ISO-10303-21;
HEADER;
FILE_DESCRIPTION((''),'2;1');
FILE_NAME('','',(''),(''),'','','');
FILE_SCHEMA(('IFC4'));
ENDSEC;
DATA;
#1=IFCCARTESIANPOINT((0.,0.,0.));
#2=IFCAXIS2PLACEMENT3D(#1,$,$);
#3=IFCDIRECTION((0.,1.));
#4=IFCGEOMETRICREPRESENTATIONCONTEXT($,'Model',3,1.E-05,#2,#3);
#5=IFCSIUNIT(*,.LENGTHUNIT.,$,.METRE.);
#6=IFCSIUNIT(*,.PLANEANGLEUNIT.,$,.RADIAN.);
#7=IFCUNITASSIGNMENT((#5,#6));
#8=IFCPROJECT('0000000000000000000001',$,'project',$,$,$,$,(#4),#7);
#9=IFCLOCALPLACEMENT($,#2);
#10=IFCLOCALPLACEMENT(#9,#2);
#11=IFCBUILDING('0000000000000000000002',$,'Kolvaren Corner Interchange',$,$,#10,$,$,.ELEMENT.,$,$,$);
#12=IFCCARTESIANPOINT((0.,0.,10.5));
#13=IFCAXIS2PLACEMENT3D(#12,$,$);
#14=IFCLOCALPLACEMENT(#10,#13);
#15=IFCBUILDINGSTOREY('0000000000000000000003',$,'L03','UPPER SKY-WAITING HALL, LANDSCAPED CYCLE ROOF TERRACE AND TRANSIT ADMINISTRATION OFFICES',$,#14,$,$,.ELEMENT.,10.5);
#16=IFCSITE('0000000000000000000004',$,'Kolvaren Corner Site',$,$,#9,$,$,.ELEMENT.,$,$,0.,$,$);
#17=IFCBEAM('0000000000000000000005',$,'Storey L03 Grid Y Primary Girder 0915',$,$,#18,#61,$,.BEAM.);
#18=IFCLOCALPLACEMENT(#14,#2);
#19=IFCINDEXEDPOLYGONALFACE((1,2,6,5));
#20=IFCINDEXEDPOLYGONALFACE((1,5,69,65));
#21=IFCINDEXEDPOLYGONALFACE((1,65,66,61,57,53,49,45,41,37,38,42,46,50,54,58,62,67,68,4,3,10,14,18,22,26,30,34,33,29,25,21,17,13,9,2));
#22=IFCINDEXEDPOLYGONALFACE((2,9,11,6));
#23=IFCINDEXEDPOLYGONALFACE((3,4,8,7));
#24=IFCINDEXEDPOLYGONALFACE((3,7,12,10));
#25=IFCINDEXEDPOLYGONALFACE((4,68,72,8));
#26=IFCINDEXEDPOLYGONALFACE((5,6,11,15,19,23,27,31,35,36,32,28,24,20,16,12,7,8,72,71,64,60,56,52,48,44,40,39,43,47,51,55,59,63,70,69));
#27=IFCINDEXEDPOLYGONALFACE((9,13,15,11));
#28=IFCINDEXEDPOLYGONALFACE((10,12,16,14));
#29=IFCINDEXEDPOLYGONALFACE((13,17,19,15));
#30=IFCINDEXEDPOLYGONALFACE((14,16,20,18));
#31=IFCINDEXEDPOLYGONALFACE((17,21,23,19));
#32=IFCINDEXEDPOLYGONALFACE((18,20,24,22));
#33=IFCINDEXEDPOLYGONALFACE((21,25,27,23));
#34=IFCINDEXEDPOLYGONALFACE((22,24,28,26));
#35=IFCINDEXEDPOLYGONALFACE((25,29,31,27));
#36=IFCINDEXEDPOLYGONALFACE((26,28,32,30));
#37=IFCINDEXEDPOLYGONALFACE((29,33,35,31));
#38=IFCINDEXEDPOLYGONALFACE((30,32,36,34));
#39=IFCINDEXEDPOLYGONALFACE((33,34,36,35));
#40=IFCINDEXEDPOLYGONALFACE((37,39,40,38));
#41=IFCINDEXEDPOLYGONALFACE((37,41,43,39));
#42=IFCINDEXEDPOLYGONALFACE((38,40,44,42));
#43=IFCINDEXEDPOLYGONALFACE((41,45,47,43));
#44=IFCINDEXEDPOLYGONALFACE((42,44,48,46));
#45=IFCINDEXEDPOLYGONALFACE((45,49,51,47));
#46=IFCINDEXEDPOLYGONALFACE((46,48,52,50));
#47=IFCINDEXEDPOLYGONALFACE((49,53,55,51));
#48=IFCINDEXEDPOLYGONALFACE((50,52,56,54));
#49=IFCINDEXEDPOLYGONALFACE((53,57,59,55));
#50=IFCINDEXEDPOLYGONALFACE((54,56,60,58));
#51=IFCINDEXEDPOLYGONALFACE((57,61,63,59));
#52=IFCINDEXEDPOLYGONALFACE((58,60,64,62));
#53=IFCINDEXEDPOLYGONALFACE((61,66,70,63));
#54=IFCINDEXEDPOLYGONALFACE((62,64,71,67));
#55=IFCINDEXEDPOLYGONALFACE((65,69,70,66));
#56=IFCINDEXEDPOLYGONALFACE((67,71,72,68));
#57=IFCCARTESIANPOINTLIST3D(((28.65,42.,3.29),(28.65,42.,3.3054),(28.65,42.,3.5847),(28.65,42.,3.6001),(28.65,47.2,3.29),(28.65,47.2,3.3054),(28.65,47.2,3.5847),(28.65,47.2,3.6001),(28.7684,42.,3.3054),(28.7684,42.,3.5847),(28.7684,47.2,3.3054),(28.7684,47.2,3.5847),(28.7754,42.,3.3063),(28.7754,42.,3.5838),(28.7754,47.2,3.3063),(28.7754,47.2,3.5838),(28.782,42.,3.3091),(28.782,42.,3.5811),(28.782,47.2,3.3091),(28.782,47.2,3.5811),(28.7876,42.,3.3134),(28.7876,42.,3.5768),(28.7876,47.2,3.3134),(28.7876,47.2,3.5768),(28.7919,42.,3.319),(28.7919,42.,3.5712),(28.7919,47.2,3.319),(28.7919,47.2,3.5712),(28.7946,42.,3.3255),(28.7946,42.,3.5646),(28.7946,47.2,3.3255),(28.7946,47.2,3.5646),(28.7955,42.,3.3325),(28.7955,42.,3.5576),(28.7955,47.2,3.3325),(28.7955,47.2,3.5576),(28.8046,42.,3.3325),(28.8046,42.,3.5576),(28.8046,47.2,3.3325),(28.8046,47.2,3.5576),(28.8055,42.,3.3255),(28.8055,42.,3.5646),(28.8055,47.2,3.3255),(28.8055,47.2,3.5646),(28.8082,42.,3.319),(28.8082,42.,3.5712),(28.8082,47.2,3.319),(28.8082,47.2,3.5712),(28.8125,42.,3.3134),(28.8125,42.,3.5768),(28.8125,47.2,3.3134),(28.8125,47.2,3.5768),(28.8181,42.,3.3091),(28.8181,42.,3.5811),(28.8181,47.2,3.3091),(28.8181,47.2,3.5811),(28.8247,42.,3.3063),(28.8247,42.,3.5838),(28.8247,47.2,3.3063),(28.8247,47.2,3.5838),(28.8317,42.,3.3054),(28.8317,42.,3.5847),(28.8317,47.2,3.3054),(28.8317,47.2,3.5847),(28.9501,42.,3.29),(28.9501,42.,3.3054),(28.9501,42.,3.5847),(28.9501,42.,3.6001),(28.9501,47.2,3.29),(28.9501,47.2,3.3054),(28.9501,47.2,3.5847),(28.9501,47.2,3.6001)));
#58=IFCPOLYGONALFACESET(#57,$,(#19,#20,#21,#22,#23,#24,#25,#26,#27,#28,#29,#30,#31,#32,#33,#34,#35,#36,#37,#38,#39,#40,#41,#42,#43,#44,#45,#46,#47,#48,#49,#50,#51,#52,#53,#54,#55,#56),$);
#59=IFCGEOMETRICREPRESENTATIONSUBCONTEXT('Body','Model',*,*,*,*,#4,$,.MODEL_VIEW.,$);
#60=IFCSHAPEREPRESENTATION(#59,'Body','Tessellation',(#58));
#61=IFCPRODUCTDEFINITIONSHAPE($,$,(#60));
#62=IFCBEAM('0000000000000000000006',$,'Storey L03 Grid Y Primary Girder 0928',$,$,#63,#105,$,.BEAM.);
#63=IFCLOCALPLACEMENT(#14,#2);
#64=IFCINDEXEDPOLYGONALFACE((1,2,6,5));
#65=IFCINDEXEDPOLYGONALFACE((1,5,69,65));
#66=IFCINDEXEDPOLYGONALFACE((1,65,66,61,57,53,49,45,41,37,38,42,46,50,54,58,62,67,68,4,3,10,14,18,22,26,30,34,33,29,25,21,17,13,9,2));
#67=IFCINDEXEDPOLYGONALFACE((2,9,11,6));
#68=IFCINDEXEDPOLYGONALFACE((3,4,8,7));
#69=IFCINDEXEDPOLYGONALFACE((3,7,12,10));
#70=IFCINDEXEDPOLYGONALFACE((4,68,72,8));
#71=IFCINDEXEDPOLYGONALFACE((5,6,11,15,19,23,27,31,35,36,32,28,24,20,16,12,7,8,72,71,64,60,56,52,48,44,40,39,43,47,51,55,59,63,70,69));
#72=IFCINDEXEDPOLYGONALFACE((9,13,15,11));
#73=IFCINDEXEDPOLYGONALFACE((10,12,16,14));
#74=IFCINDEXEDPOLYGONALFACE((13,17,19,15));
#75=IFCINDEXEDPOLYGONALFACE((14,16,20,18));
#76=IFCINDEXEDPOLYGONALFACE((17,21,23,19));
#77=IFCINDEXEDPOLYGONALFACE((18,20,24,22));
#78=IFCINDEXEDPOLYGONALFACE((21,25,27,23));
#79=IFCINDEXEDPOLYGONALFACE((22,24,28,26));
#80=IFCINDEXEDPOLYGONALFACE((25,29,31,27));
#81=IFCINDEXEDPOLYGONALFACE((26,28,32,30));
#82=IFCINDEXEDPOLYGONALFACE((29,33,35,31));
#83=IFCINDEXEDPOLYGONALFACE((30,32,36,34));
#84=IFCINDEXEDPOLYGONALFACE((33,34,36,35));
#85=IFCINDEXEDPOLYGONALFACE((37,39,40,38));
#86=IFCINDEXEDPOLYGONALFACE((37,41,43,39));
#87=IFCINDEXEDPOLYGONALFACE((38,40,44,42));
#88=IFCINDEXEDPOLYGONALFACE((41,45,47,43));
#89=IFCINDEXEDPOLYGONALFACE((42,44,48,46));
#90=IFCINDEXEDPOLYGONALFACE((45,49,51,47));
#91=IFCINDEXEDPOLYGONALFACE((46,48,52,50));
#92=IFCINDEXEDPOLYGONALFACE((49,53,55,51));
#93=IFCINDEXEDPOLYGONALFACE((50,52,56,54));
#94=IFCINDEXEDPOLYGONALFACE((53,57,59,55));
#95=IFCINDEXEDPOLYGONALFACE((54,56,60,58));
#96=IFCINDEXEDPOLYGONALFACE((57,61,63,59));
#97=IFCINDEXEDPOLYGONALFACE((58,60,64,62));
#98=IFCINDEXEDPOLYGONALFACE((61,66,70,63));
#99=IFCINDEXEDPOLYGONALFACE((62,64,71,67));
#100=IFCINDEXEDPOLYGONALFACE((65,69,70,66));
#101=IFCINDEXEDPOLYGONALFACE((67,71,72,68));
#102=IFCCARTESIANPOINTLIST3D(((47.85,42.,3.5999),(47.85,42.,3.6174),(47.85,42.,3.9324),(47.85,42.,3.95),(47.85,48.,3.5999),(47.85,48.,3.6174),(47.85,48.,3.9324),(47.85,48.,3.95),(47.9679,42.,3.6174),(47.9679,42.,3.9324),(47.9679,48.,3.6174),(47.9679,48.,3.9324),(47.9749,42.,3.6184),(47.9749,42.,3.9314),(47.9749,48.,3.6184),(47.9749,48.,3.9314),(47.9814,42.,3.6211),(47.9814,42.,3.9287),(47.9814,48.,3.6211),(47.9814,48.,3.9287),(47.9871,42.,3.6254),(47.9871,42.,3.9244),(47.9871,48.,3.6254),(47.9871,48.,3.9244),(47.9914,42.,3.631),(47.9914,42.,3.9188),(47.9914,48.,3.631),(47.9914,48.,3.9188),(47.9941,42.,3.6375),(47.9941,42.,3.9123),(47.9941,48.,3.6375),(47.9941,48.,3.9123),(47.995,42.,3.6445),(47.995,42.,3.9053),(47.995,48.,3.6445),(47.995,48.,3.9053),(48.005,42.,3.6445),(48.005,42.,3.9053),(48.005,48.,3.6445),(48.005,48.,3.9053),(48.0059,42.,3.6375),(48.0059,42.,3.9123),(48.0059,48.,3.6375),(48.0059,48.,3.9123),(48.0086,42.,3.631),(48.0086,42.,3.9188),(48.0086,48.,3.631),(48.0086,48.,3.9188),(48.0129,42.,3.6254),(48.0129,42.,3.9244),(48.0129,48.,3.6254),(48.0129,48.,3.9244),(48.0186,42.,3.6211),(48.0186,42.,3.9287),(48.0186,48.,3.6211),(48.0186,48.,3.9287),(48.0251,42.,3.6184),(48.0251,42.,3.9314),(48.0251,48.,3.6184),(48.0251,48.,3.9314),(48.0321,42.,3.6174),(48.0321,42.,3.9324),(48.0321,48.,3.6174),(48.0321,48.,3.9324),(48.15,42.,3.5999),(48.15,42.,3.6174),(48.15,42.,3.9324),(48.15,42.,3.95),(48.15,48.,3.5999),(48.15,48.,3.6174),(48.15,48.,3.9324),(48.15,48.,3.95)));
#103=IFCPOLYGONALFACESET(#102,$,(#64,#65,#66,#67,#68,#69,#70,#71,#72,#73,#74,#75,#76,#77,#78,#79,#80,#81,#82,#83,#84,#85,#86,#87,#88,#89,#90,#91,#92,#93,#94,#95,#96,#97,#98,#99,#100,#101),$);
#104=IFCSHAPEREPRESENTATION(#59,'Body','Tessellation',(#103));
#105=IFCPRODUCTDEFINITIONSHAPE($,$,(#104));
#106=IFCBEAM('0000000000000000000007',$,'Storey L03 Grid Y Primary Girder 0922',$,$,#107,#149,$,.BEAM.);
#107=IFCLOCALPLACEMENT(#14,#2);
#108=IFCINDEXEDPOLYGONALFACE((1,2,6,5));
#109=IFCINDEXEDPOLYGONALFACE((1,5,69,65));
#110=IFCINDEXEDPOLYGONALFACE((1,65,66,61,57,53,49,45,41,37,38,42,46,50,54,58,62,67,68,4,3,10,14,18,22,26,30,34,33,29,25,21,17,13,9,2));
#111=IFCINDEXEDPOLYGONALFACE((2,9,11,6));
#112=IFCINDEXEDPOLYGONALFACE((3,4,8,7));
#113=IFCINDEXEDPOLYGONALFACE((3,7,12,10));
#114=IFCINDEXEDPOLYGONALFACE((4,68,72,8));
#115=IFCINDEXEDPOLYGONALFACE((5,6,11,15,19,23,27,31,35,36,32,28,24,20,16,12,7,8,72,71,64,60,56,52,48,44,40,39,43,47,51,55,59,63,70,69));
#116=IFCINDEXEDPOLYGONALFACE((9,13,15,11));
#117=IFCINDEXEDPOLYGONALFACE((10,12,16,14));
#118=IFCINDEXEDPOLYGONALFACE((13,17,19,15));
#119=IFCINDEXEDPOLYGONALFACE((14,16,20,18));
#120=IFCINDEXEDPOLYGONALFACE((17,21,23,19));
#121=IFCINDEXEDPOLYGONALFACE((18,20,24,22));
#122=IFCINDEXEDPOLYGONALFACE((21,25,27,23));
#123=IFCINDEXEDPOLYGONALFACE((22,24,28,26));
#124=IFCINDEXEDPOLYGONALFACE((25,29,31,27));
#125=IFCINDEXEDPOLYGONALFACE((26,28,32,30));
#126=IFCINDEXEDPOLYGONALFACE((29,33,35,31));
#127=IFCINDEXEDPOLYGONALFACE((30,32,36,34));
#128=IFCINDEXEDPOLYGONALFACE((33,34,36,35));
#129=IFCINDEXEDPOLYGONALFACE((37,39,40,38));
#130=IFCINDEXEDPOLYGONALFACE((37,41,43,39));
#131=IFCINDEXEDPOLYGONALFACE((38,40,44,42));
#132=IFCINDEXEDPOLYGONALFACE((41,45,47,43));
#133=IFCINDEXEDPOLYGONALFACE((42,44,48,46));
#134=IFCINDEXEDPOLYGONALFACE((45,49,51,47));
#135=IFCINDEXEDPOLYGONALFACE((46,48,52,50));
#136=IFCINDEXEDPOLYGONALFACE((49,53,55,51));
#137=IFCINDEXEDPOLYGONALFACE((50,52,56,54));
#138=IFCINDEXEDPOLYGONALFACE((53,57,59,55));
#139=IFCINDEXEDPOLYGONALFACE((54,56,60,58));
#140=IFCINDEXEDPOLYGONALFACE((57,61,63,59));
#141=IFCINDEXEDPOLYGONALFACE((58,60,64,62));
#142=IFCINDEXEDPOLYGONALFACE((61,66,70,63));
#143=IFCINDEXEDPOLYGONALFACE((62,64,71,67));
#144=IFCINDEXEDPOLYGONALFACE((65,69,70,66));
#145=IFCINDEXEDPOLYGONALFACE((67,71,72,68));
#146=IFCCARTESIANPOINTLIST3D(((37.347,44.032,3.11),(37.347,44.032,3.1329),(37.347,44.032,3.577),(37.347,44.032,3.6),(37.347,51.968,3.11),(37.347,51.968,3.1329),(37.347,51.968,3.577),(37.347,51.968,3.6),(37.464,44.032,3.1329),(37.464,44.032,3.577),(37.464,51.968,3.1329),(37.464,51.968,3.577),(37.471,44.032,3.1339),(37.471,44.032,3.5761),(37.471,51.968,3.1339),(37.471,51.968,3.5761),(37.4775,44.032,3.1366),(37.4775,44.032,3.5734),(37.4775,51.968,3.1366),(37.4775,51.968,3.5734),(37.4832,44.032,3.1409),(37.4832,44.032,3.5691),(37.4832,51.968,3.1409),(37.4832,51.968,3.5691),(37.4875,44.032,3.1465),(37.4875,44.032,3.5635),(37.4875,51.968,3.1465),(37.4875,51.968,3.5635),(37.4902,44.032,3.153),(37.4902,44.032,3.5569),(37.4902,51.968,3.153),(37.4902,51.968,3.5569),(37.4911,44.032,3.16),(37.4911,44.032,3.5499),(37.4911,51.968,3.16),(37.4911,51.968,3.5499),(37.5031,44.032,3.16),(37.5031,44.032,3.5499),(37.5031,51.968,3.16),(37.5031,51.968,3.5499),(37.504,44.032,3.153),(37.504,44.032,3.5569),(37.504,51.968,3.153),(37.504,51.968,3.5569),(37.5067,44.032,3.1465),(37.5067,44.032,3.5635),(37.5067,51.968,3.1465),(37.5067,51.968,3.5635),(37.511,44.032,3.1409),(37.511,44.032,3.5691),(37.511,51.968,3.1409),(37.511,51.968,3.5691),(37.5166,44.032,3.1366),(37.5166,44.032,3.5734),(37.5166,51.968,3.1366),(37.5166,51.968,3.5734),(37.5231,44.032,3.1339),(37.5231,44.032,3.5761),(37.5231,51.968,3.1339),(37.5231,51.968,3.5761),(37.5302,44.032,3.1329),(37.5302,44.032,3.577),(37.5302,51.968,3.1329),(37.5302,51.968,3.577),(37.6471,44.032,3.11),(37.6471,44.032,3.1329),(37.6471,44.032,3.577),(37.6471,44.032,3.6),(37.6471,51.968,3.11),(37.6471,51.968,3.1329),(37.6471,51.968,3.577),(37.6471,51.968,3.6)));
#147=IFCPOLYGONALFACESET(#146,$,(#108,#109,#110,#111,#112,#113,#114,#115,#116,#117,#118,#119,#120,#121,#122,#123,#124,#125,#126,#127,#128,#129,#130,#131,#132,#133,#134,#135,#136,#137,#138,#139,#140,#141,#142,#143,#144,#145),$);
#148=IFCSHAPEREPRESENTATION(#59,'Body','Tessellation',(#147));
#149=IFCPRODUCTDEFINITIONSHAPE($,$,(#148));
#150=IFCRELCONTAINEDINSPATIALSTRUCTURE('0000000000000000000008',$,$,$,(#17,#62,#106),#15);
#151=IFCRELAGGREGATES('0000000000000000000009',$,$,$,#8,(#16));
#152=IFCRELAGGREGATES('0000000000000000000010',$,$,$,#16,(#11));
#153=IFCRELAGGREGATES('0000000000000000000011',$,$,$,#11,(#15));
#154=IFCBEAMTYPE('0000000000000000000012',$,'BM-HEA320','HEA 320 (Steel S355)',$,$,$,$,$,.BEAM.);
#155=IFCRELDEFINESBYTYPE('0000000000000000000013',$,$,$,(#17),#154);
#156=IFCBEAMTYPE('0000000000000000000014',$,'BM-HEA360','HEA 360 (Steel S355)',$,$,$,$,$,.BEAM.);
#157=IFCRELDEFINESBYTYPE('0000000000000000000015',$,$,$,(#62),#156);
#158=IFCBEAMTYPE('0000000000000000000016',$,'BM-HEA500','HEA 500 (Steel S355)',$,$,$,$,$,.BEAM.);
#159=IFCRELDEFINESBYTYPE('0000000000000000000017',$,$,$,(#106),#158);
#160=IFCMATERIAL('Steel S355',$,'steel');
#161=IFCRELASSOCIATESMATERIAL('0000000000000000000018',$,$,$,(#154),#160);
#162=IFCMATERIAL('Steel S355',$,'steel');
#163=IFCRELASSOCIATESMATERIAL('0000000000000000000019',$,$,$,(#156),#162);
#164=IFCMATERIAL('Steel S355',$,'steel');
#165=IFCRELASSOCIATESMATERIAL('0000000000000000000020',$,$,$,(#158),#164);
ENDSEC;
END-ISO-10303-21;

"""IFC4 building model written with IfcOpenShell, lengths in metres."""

from ifc_helpers import new_model, si_unit, direction, frame, origin, origin_2d, place, context, subcontext, project, spatial, i_section, extrude, material, material_profile, profile_set, type_object, element, save


model = new_model("IFC4")

# Units and contexts
model_context = context("Model", 3, precision=1e-05, world=origin(), true_north=direction((0.0, 1.0)))
body_context = subcontext(model_context, "Body", "Model", "MODEL_VIEW")
ifc_project = project(units=[si_unit("LENGTHUNIT", "METRE"), si_unit("PLANEANGLEUNIT", "RADIAN")], contexts=[model_context])

# Site, building, storey
site_placement = place(None, origin())
site = spatial("IfcSite", under=ifc_project, at=site_placement, Name="Kolvaren Corner Site", CompositionType="ELEMENT", RefElevation=0.0)
building_placement = place(site_placement, origin())
building = spatial("IfcBuilding", under=site, at=building_placement, Name="Kolvaren Corner Interchange", CompositionType="ELEMENT")
storey_placement = place(building_placement, frame((0.0, 0.0, 10.5)))
storey = spatial("IfcBuildingStorey", under=building, at=storey_placement, Name="L03", Description="UPPER SKY-WAITING HALL, LANDSCAPED CYCLE ROOF TERRACE AND TRANSIT ADMINISTRATION OFFICES", CompositionType="ELEMENT", Elevation=10.5)

# Beams
ifc_material_1 = material(Name="Steel S355", Category="steel")
ifc_material_profile_1 = material_profile(ifc_material_1, i_section(OverallWidth=0.3, OverallDepth=0.3101, WebThickness=0.009, FlangeThickness=0.0154, FilletRadius=0.0271, at=origin_2d()), Name="HEA 320")
ifc_profile_set_1 = profile_set([ifc_material_profile_1], Name="Steel S355")
beam_type_1 = type_object("IfcBeamType", Name="BM-HEA320", Description="HEA 320 (Steel S355)", PredefinedType="BEAM", material=ifc_profile_set_1)
beam_1_placement = place(storey_placement, frame((28.8, 42.0, 3.4451), z_axis=(0.0, 1.0, 0.0), x_axis=(-1.0, 0.0, 0.0)))
element("IfcBeam", 1, at=beam_1_placement, inside=storey, type_object=beam_type_1, Name="Storey L03 Grid Y Primary Girder 0915", PredefinedType="BEAM", context=body_context, shape_type="SweptSolid", body=[
    extrude(i_section(OverallWidth=0.3, OverallDepth=0.3101, WebThickness=0.009, FlangeThickness=0.0154, FilletRadius=0.0271, at=origin_2d()), origin(), (0.0, 0.0, 1.0), 5.2),
])
ifc_material_2 = material(Name="Steel S355", Category="steel")
ifc_material_profile_2 = material_profile(ifc_material_2, i_section(OverallWidth=0.3, OverallDepth=0.3501, WebThickness=0.01, FlangeThickness=0.0176, FilletRadius=0.0271, at=origin_2d()), Name="HEA 360")
ifc_profile_set_2 = profile_set([ifc_material_profile_2], Name="Steel S355")
beam_type_2 = type_object("IfcBeamType", Name="BM-HEA360", Description="HEA 360 (Steel S355)", PredefinedType="BEAM", material=ifc_profile_set_2)
beam_2_placement = place(storey_placement, frame((48.0, 42.0, 3.7749), z_axis=(0.0, 1.0, 0.0), x_axis=(-1.0, 0.0, 0.0)))
element("IfcBeam", 2, at=beam_2_placement, inside=storey, type_object=beam_type_2, Name="Storey L03 Grid Y Primary Girder 0928", PredefinedType="BEAM", context=body_context, shape_type="SweptSolid", body=[
    extrude(i_section(OverallWidth=0.3, OverallDepth=0.3501, WebThickness=0.01, FlangeThickness=0.0176, FilletRadius=0.0271, at=origin_2d()), origin(), (0.0, 0.0, 1.0), 6.0),
])
ifc_material_3 = material(Name="Steel S355", Category="steel")
ifc_material_profile_3 = material_profile(ifc_material_3, i_section(OverallWidth=0.3, OverallDepth=0.49, WebThickness=0.012, FlangeThickness=0.0229, FilletRadius=0.0271, at=origin_2d()), Name="HEA 500")
ifc_profile_set_3 = profile_set([ifc_material_profile_3], Name="Steel S355")
beam_type_3 = type_object("IfcBeamType", Name="BM-HEA500", Description="HEA 500 (Steel S355)", PredefinedType="BEAM", material=ifc_profile_set_3)
beam_3_placement = place(storey_placement, frame((37.4971, 44.032, 3.355), z_axis=(0.0, 1.0, 0.0), x_axis=(-1.0, 0.0, 0.0)))
element("IfcBeam", 3, at=beam_3_placement, inside=storey, type_object=beam_type_3, Name="Storey L03 Grid Y Primary Girder 0922", PredefinedType="BEAM", context=body_context, shape_type="SweptSolid", body=[
    extrude(i_section(OverallWidth=0.3, OverallDepth=0.49, WebThickness=0.012, FlangeThickness=0.0229, FilletRadius=0.0271, at=origin_2d()), origin(), (0.0, 0.0, 1.0), 7.936),
])

save(model, "model.ifc")
